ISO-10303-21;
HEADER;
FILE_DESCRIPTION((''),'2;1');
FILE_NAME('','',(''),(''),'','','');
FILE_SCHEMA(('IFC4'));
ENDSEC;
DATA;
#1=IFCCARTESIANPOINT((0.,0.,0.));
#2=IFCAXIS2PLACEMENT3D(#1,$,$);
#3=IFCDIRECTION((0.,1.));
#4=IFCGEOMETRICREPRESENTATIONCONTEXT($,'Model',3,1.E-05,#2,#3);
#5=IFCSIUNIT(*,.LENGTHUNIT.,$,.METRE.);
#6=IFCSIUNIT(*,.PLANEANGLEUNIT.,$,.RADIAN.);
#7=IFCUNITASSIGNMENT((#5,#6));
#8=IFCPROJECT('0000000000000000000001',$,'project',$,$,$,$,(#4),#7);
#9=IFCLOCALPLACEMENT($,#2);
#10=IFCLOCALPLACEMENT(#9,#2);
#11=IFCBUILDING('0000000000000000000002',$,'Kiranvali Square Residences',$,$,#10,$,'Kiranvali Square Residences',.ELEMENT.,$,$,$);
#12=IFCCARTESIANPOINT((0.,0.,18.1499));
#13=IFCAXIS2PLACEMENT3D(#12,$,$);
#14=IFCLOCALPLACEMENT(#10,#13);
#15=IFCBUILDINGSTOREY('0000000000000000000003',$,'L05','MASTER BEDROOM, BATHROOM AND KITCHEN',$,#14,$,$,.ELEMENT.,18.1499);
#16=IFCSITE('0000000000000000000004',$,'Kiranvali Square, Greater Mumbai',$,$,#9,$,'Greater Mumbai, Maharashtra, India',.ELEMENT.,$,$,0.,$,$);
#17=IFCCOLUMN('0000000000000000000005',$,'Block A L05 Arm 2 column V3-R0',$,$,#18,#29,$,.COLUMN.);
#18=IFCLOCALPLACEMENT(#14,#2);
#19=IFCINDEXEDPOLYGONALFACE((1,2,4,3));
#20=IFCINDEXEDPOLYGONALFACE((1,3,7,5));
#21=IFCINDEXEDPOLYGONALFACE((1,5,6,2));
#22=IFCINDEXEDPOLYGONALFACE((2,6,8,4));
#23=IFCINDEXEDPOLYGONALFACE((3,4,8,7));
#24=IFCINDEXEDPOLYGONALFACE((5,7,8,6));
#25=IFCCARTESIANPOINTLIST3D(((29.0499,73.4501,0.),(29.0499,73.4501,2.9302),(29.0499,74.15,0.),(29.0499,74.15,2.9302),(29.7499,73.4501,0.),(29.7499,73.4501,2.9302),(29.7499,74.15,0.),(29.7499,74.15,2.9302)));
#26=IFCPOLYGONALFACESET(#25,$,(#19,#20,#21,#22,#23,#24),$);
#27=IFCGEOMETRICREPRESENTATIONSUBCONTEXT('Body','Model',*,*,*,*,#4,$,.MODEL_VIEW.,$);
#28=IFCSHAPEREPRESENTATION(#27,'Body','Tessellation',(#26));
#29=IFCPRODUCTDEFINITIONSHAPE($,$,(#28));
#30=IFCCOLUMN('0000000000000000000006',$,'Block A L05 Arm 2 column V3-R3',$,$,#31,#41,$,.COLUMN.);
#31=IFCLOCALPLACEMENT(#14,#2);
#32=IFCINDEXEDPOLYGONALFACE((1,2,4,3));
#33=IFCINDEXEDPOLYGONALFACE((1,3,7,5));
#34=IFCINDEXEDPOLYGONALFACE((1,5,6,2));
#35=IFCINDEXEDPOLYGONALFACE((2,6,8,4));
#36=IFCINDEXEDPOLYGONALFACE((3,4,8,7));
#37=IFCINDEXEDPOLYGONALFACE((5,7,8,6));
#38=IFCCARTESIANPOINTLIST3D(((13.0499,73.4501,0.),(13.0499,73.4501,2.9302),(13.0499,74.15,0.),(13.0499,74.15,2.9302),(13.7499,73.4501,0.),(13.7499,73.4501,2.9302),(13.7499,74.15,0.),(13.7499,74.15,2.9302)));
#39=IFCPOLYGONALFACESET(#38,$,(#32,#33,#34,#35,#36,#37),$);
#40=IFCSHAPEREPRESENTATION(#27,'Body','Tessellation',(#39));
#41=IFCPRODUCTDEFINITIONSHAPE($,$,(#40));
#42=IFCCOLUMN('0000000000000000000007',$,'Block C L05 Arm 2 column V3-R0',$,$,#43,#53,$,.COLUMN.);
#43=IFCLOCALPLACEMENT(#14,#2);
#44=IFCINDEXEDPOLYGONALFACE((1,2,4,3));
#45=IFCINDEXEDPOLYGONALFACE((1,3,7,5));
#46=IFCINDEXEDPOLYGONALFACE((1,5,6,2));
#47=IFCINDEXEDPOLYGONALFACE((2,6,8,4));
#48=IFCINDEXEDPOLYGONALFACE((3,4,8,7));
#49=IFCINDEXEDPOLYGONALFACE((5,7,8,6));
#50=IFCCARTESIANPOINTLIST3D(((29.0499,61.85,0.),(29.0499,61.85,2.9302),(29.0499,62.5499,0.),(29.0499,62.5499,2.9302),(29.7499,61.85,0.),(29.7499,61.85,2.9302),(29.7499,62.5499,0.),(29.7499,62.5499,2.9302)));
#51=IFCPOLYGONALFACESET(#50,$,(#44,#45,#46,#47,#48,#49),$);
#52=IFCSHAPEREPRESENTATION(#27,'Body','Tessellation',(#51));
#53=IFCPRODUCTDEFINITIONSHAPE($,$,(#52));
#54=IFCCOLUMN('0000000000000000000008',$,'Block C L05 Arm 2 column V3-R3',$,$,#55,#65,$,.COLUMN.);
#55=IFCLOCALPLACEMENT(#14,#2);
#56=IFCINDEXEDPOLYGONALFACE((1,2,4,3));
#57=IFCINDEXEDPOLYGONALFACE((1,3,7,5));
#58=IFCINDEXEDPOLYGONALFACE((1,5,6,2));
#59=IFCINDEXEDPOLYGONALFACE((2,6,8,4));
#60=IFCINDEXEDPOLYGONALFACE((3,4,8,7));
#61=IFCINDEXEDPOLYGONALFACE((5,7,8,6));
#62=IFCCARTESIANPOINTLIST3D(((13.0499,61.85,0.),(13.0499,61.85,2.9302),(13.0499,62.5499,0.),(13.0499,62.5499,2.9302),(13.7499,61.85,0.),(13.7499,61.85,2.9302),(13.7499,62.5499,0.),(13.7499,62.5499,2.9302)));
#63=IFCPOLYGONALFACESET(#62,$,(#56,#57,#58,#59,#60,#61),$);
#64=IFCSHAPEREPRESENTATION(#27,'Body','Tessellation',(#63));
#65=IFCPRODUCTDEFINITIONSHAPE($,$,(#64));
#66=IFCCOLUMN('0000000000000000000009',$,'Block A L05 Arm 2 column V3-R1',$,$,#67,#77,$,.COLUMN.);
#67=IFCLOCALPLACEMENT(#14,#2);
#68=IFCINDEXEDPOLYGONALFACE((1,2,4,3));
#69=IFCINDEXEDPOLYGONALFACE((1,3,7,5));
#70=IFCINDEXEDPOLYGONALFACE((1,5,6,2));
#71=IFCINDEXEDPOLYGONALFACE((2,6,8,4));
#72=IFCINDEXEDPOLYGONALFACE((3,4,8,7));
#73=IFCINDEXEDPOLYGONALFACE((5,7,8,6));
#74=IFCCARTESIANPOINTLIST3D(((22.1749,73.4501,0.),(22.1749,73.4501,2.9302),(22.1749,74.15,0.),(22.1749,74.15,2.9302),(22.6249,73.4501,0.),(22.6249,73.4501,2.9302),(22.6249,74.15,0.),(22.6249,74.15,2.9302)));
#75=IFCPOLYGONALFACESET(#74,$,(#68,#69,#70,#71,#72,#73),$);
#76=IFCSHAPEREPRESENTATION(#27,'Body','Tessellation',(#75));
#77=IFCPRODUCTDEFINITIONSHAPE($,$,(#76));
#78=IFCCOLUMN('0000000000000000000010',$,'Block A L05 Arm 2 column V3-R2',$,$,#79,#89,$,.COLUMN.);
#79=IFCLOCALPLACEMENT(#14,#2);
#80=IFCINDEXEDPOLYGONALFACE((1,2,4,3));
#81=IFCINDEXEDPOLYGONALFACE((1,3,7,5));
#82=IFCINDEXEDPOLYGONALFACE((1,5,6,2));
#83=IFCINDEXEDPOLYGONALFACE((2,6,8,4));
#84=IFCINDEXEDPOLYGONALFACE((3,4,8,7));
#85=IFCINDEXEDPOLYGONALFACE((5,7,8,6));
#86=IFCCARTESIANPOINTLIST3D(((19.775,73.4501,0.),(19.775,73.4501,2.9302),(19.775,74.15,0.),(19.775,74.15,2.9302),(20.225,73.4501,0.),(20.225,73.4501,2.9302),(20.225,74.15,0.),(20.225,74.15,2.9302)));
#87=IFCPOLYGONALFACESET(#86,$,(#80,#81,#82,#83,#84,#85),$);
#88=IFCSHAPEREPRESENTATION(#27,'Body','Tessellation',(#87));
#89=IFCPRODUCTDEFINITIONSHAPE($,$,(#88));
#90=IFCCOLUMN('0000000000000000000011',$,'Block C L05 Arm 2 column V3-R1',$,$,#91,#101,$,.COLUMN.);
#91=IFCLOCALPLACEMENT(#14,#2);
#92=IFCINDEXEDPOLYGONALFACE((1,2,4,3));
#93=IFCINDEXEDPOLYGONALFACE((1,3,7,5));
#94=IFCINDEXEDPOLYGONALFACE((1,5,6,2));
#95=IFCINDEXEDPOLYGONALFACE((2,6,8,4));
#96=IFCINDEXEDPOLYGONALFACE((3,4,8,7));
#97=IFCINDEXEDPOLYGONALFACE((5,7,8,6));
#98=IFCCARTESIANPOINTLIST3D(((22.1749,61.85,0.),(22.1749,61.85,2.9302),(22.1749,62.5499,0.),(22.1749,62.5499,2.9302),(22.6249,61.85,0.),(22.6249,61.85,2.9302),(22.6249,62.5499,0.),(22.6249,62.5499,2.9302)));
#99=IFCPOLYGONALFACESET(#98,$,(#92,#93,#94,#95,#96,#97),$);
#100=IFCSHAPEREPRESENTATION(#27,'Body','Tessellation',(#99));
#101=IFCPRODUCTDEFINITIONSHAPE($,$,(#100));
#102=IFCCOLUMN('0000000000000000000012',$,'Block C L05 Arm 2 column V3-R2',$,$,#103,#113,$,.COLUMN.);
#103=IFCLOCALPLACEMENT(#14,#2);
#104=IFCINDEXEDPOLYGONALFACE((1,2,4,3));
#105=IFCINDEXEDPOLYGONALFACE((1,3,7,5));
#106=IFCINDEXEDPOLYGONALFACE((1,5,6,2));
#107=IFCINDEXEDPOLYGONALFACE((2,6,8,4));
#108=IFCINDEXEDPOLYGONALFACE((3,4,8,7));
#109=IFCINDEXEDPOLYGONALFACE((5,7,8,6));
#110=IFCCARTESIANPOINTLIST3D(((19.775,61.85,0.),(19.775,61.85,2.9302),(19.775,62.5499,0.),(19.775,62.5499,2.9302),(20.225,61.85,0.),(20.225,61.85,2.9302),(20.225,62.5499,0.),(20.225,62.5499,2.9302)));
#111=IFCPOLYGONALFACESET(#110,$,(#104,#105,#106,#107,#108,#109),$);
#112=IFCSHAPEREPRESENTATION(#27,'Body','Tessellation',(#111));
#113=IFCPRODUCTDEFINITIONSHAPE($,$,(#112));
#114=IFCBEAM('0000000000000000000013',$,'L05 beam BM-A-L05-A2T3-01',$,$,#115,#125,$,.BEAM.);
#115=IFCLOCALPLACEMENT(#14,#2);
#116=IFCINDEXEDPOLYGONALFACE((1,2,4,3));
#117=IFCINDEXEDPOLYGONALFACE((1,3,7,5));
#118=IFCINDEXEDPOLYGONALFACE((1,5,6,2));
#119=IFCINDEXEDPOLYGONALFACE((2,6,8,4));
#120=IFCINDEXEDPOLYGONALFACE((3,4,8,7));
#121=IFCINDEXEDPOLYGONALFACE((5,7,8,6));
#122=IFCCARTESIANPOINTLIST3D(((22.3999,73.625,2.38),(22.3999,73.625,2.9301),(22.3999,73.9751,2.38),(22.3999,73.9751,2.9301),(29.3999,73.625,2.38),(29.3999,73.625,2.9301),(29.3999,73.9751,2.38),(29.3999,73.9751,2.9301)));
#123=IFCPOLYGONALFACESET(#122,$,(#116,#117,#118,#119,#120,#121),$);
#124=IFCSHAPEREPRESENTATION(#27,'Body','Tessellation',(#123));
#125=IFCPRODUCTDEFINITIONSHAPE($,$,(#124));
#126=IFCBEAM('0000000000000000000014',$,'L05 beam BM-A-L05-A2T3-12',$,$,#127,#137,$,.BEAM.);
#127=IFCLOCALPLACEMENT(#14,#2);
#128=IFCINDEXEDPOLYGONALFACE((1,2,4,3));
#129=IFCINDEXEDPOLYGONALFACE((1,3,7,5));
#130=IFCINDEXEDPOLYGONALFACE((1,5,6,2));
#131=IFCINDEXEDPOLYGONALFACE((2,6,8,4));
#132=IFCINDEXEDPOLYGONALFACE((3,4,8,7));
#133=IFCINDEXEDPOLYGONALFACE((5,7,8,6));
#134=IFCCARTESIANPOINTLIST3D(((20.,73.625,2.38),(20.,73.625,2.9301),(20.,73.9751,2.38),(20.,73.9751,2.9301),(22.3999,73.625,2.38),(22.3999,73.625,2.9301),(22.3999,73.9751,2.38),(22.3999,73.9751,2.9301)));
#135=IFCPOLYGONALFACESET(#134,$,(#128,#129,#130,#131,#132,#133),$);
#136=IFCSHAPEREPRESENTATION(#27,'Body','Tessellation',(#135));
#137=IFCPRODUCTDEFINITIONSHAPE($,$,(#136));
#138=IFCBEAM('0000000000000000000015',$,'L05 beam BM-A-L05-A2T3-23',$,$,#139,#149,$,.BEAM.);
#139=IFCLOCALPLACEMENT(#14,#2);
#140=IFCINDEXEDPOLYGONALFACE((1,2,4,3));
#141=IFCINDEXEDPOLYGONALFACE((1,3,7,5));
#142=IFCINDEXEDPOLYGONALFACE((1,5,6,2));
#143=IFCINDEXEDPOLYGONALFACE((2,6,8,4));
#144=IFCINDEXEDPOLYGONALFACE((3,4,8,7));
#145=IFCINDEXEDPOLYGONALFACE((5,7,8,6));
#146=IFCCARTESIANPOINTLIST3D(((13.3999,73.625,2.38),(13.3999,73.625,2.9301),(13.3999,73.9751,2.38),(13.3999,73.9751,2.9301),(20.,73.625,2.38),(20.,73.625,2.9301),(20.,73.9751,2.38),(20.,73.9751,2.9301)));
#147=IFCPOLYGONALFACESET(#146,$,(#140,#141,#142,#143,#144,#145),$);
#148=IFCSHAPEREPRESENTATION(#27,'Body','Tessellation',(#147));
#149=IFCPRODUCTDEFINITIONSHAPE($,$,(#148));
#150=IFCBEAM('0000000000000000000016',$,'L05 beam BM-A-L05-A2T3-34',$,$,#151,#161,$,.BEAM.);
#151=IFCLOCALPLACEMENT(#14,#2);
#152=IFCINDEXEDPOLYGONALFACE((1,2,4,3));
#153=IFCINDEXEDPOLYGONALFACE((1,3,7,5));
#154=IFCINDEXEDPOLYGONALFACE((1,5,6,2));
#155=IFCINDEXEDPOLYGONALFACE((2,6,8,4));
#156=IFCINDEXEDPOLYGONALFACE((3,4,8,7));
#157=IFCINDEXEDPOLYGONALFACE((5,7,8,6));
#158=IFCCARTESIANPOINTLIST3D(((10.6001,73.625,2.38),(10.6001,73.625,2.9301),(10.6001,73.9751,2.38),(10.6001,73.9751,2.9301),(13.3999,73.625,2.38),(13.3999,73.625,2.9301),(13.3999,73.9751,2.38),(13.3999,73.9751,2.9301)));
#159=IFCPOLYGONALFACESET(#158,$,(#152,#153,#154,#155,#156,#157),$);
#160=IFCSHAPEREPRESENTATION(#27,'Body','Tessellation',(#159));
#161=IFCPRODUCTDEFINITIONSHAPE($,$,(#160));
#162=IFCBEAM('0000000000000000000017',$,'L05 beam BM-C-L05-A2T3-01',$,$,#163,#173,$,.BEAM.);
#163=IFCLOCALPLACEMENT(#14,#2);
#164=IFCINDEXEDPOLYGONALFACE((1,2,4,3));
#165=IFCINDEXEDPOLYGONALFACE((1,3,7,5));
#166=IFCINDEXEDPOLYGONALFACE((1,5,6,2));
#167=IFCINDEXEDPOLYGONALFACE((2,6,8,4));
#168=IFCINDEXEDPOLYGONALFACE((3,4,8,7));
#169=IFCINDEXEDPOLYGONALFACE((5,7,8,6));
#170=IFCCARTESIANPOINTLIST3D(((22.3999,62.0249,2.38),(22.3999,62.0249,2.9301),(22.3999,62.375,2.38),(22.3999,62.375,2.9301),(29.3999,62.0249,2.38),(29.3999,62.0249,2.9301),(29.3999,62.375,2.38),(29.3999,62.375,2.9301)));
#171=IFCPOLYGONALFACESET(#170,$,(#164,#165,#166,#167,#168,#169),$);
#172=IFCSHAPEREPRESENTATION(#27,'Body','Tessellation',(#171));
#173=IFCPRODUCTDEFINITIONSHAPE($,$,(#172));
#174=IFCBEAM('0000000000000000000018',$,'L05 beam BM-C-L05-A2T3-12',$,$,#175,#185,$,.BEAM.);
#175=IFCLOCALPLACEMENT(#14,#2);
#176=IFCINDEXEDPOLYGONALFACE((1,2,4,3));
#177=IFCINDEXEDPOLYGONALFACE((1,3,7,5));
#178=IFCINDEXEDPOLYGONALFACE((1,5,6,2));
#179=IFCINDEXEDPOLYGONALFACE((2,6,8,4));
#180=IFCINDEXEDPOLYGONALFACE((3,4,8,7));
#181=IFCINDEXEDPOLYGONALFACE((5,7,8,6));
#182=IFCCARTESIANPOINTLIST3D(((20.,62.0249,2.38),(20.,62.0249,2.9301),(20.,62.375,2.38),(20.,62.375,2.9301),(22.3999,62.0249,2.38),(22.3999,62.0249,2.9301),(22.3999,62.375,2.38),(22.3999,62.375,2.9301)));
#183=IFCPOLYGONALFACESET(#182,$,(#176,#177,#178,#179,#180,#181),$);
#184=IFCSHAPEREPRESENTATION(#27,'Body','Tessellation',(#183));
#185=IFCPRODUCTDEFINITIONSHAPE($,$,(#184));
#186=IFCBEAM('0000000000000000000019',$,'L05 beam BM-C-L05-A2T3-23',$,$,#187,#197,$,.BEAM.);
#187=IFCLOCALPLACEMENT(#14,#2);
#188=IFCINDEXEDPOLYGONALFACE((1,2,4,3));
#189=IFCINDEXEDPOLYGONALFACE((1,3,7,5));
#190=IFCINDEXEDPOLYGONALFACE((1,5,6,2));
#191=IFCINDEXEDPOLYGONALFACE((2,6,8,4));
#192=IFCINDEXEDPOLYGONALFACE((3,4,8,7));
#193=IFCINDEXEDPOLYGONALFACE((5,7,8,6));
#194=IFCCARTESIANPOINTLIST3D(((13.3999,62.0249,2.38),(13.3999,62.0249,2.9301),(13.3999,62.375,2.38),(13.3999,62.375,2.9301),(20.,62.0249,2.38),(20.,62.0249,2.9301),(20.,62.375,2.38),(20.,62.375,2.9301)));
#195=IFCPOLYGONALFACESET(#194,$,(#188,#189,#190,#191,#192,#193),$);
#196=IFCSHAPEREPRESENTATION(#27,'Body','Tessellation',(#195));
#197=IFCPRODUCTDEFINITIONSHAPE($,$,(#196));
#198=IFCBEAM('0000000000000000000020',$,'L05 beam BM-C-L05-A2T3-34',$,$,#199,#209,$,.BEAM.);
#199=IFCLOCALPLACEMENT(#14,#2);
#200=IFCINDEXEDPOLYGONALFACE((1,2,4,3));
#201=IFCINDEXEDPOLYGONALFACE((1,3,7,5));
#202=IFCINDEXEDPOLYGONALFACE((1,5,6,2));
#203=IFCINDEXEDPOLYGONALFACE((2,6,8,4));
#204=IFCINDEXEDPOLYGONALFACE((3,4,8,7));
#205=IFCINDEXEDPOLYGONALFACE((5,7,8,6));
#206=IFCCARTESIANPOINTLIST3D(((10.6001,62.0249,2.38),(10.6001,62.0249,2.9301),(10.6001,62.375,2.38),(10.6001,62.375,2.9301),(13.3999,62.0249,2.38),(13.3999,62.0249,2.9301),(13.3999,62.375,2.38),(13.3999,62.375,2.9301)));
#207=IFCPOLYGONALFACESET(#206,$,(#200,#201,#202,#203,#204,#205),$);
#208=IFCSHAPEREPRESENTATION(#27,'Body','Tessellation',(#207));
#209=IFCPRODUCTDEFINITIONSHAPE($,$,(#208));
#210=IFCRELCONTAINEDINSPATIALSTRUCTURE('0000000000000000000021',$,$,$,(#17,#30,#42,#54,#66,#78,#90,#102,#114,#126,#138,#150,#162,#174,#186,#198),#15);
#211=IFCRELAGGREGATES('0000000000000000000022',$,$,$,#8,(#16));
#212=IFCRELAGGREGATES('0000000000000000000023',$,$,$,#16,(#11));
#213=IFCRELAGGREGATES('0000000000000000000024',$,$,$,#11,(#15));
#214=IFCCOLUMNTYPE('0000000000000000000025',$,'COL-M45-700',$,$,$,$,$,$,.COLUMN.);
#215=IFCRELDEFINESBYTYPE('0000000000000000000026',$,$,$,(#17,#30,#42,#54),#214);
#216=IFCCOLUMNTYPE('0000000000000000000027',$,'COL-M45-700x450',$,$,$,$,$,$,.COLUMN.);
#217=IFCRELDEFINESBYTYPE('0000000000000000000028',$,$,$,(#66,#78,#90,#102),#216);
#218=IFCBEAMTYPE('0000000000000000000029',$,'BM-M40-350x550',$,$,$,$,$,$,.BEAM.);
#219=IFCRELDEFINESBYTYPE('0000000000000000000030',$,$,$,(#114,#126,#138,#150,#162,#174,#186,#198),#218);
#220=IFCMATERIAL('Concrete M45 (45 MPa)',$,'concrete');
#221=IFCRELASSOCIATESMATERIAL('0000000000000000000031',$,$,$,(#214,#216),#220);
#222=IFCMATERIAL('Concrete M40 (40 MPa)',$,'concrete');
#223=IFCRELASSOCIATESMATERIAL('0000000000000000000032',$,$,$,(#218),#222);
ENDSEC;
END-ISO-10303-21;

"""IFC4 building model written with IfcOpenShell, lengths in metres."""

from ifc_helpers import new_model, si_unit, direction, frame, origin, origin_2d, place, context, subcontext, project, spatial, rectangle, extrude, material, material_profile, profile_set, type_object, element, save


model = new_model("IFC4")

# Units and contexts
model_context = context("Model", 3, precision=1e-05, world=origin(), true_north=direction((0.0, 1.0)))
body_context = subcontext(model_context, "Body", "Model", "MODEL_VIEW")
ifc_project = project(units=[si_unit("LENGTHUNIT", "METRE"), si_unit("PLANEANGLEUNIT", "RADIAN")], contexts=[model_context])

# Site, building, storey
site_placement = place(None, origin())
site = spatial("IfcSite", under=ifc_project, at=site_placement, Name="Kiranvali Square, Greater Mumbai", LongName="Greater Mumbai, Maharashtra, India", CompositionType="ELEMENT", RefElevation=0.0)
building_placement = place(site_placement, origin())
building = spatial("IfcBuilding", under=site, at=building_placement, Name="Kiranvali Square Residences", LongName="Kiranvali Square Residences", CompositionType="ELEMENT")
storey_placement = place(building_placement, frame((0.0, 0.0, 18.1499)))
storey = spatial("IfcBuildingStorey", under=building, at=storey_placement, Name="L05", Description="MASTER BEDROOM, BATHROOM AND KITCHEN", CompositionType="ELEMENT", Elevation=18.1499)

# Columns
ifc_material_1 = material(Name="Concrete M45 (45 MPa)", Category="concrete")
ifc_material_profile_1 = material_profile(ifc_material_1, rectangle(XDim=0.7, YDim=0.7, at=origin_2d()), Name="RC 700x700")
ifc_profile_set_1 = profile_set([ifc_material_profile_1], Name="Concrete M45 (45 MPa)")
column_type_1 = type_object("IfcColumnType", Name="COL-M45-700", PredefinedType="COLUMN", material=ifc_profile_set_1)
for number, where, z_axis, x_axis, name in (
    (1, (29.3999, 73.8, 0.0), (0.0, 0.0, 1.0), (1.0, 0.0, 0.0), "Block A L05 Arm 2 column V3-R0"),
    (2, (13.3999, 73.8, 0.0), (0.0, 0.0, 1.0), (1.0, 0.0, 0.0), "Block A L05 Arm 2 column V3-R3"),
    (3, (29.3999, 62.2, 0.0), (0.0, 0.0, 1.0), (1.0, 0.0, 0.0), "Block C L05 Arm 2 column V3-R0"),
    (4, (13.3999, 62.2, 0.0), (0.0, 0.0, 1.0), (1.0, 0.0, 0.0), "Block C L05 Arm 2 column V3-R3"),
):
    element("IfcColumn", number, at=place(storey_placement, frame(where, z_axis=z_axis, x_axis=x_axis)), inside=storey, type_object=column_type_1, Name=name, PredefinedType="COLUMN", context=body_context, shape_type="SweptSolid", body=[
        extrude(rectangle(XDim=0.7, YDim=0.7, at=origin_2d()), origin(), (0.0, 0.0, 1.0), 2.9302),
    ])
ifc_material_profile_2 = material_profile(ifc_material_1, rectangle(XDim=0.45, YDim=0.7, at=origin_2d()), Name="RC 700x450")
ifc_profile_set_2 = profile_set([ifc_material_profile_2], Name="Concrete M45 (45 MPa)")
column_type_2 = type_object("IfcColumnType", Name="COL-M45-700x450", PredefinedType="COLUMN", material=ifc_profile_set_2)
for number, where, z_axis, x_axis, name in (
    (5, (22.3999, 73.8, 0.0), (0.0, 0.0, 1.0), (1.0, 0.0, 0.0), "Block A L05 Arm 2 column V3-R1"),
    (6, (20.0, 73.8, 0.0), (0.0, 0.0, 1.0), (1.0, 0.0, 0.0), "Block A L05 Arm 2 column V3-R2"),
    (7, (22.3999, 62.2, 0.0), (0.0, 0.0, 1.0), (1.0, 0.0, 0.0), "Block C L05 Arm 2 column V3-R1"),
    (8, (20.0, 62.2, 0.0), (0.0, 0.0, 1.0), (1.0, 0.0, 0.0), "Block C L05 Arm 2 column V3-R2"),
):
    element("IfcColumn", number, at=place(storey_placement, frame(where, z_axis=z_axis, x_axis=x_axis)), inside=storey, type_object=column_type_2, Name=name, PredefinedType="COLUMN", context=body_context, shape_type="SweptSolid", body=[
        extrude(rectangle(XDim=0.45, YDim=0.7, at=origin_2d()), origin(), (0.0, 0.0, 1.0), 2.9302),
    ])

# Beams
ifc_material_2 = material(Name="Concrete M40 (40 MPa)", Category="concrete")
ifc_material_profile_3 = material_profile(ifc_material_2, rectangle(XDim=0.3501, YDim=0.55, at=origin_2d()), Name="RC 350x550")
ifc_profile_set_3 = profile_set([ifc_material_profile_3], Name="Concrete M40 (40 MPa)")
beam_type = type_object("IfcBeamType", Name="BM-M40-350x550", PredefinedType="BEAM", material=ifc_profile_set_3)
beam_1_placement = place(storey_placement, frame((29.3999, 73.8, 2.655), z_axis=(-1.0, 0.0, 0.0), x_axis=(0.0, -1.0, 0.0)))
element("IfcBeam", 9, at=beam_1_placement, inside=storey, type_object=beam_type, Name="L05 beam BM-A-L05-A2T3-01", PredefinedType="BEAM", context=body_context, shape_type="SweptSolid", body=[
    extrude(rectangle(XDim=0.3501, YDim=0.55, at=origin_2d()), origin(), (0.0, 0.0, 1.0), 7.0),
])
beam_2_placement = place(storey_placement, frame((22.3999, 73.8, 2.655), z_axis=(-1.0, 0.0, 0.0), x_axis=(0.0, -1.0, 0.0)))
element("IfcBeam", 10, at=beam_2_placement, inside=storey, type_object=beam_type, Name="L05 beam BM-A-L05-A2T3-12", PredefinedType="BEAM", context=body_context, shape_type="SweptSolid", body=[
    extrude(rectangle(XDim=0.3501, YDim=0.55, at=origin_2d()), origin(), (0.0, 0.0, 1.0), 2.3999),
])
beam_3_placement = place(storey_placement, frame((20.0, 73.8, 2.655), z_axis=(-1.0, 0.0, 0.0), x_axis=(0.0, -1.0, 0.0)))
element("IfcBeam", 11, at=beam_3_placement, inside=storey, type_object=beam_type, Name="L05 beam BM-A-L05-A2T3-23", PredefinedType="BEAM", context=body_context, shape_type="SweptSolid", body=[
    extrude(rectangle(XDim=0.3501, YDim=0.55, at=origin_2d()), origin(), (0.0, 0.0, 1.0), 6.6001),
])
beam_4_placement = place(storey_placement, frame((13.3999, 73.8, 2.655), z_axis=(-1.0, 0.0, 0.0), x_axis=(0.0, -1.0, 0.0)))
element("IfcBeam", 12, at=beam_4_placement, inside=storey, type_object=beam_type, Name="L05 beam BM-A-L05-A2T3-34", PredefinedType="BEAM", context=body_context, shape_type="SweptSolid", body=[
    extrude(rectangle(XDim=0.3501, YDim=0.55, at=origin_2d()), origin(), (0.0, 0.0, 1.0), 2.7998),
])
beam_5_placement = place(storey_placement, frame((29.3999, 62.2, 2.655), z_axis=(-1.0, 0.0, 0.0), x_axis=(0.0, -1.0, 0.0)))
element("IfcBeam", 13, at=beam_5_placement, inside=storey, type_object=beam_type, Name="L05 beam BM-C-L05-A2T3-01", PredefinedType="BEAM", context=body_context, shape_type="SweptSolid", body=[
    extrude(rectangle(XDim=0.3501, YDim=0.55, at=origin_2d()), origin(), (0.0, 0.0, 1.0), 7.0),
])
beam_6_placement = place(storey_placement, frame((22.3999, 62.2, 2.655), z_axis=(-1.0, 0.0, 0.0), x_axis=(0.0, -1.0, 0.0)))
element("IfcBeam", 14, at=beam_6_placement, inside=storey, type_object=beam_type, Name="L05 beam BM-C-L05-A2T3-12", PredefinedType="BEAM", context=body_context, shape_type="SweptSolid", body=[
    extrude(rectangle(XDim=0.3501, YDim=0.55, at=origin_2d()), origin(), (0.0, 0.0, 1.0), 2.3999),
])
beam_7_placement = place(storey_placement, frame((20.0, 62.2, 2.655), z_axis=(-1.0, 0.0, 0.0), x_axis=(0.0, -1.0, 0.0)))
element("IfcBeam", 15, at=beam_7_placement, inside=storey, type_object=beam_type, Name="L05 beam BM-C-L05-A2T3-23", PredefinedType="BEAM", context=body_context, shape_type="SweptSolid", body=[
    extrude(rectangle(XDim=0.3501, YDim=0.55, at=origin_2d()), origin(), (0.0, 0.0, 1.0), 6.6001),
])
beam_8_placement = place(storey_placement, frame((13.3999, 62.2, 2.655), z_axis=(-1.0, 0.0, 0.0), x_axis=(0.0, -1.0, 0.0)))
element("IfcBeam", 16, at=beam_8_placement, inside=storey, type_object=beam_type, Name="L05 beam BM-C-L05-A2T3-34", PredefinedType="BEAM", context=body_context, shape_type="SweptSolid", body=[
    extrude(rectangle(XDim=0.3501, YDim=0.55, at=origin_2d()), origin(), (0.0, 0.0, 1.0), 2.7998),
])

save(model, "model.ifc")
